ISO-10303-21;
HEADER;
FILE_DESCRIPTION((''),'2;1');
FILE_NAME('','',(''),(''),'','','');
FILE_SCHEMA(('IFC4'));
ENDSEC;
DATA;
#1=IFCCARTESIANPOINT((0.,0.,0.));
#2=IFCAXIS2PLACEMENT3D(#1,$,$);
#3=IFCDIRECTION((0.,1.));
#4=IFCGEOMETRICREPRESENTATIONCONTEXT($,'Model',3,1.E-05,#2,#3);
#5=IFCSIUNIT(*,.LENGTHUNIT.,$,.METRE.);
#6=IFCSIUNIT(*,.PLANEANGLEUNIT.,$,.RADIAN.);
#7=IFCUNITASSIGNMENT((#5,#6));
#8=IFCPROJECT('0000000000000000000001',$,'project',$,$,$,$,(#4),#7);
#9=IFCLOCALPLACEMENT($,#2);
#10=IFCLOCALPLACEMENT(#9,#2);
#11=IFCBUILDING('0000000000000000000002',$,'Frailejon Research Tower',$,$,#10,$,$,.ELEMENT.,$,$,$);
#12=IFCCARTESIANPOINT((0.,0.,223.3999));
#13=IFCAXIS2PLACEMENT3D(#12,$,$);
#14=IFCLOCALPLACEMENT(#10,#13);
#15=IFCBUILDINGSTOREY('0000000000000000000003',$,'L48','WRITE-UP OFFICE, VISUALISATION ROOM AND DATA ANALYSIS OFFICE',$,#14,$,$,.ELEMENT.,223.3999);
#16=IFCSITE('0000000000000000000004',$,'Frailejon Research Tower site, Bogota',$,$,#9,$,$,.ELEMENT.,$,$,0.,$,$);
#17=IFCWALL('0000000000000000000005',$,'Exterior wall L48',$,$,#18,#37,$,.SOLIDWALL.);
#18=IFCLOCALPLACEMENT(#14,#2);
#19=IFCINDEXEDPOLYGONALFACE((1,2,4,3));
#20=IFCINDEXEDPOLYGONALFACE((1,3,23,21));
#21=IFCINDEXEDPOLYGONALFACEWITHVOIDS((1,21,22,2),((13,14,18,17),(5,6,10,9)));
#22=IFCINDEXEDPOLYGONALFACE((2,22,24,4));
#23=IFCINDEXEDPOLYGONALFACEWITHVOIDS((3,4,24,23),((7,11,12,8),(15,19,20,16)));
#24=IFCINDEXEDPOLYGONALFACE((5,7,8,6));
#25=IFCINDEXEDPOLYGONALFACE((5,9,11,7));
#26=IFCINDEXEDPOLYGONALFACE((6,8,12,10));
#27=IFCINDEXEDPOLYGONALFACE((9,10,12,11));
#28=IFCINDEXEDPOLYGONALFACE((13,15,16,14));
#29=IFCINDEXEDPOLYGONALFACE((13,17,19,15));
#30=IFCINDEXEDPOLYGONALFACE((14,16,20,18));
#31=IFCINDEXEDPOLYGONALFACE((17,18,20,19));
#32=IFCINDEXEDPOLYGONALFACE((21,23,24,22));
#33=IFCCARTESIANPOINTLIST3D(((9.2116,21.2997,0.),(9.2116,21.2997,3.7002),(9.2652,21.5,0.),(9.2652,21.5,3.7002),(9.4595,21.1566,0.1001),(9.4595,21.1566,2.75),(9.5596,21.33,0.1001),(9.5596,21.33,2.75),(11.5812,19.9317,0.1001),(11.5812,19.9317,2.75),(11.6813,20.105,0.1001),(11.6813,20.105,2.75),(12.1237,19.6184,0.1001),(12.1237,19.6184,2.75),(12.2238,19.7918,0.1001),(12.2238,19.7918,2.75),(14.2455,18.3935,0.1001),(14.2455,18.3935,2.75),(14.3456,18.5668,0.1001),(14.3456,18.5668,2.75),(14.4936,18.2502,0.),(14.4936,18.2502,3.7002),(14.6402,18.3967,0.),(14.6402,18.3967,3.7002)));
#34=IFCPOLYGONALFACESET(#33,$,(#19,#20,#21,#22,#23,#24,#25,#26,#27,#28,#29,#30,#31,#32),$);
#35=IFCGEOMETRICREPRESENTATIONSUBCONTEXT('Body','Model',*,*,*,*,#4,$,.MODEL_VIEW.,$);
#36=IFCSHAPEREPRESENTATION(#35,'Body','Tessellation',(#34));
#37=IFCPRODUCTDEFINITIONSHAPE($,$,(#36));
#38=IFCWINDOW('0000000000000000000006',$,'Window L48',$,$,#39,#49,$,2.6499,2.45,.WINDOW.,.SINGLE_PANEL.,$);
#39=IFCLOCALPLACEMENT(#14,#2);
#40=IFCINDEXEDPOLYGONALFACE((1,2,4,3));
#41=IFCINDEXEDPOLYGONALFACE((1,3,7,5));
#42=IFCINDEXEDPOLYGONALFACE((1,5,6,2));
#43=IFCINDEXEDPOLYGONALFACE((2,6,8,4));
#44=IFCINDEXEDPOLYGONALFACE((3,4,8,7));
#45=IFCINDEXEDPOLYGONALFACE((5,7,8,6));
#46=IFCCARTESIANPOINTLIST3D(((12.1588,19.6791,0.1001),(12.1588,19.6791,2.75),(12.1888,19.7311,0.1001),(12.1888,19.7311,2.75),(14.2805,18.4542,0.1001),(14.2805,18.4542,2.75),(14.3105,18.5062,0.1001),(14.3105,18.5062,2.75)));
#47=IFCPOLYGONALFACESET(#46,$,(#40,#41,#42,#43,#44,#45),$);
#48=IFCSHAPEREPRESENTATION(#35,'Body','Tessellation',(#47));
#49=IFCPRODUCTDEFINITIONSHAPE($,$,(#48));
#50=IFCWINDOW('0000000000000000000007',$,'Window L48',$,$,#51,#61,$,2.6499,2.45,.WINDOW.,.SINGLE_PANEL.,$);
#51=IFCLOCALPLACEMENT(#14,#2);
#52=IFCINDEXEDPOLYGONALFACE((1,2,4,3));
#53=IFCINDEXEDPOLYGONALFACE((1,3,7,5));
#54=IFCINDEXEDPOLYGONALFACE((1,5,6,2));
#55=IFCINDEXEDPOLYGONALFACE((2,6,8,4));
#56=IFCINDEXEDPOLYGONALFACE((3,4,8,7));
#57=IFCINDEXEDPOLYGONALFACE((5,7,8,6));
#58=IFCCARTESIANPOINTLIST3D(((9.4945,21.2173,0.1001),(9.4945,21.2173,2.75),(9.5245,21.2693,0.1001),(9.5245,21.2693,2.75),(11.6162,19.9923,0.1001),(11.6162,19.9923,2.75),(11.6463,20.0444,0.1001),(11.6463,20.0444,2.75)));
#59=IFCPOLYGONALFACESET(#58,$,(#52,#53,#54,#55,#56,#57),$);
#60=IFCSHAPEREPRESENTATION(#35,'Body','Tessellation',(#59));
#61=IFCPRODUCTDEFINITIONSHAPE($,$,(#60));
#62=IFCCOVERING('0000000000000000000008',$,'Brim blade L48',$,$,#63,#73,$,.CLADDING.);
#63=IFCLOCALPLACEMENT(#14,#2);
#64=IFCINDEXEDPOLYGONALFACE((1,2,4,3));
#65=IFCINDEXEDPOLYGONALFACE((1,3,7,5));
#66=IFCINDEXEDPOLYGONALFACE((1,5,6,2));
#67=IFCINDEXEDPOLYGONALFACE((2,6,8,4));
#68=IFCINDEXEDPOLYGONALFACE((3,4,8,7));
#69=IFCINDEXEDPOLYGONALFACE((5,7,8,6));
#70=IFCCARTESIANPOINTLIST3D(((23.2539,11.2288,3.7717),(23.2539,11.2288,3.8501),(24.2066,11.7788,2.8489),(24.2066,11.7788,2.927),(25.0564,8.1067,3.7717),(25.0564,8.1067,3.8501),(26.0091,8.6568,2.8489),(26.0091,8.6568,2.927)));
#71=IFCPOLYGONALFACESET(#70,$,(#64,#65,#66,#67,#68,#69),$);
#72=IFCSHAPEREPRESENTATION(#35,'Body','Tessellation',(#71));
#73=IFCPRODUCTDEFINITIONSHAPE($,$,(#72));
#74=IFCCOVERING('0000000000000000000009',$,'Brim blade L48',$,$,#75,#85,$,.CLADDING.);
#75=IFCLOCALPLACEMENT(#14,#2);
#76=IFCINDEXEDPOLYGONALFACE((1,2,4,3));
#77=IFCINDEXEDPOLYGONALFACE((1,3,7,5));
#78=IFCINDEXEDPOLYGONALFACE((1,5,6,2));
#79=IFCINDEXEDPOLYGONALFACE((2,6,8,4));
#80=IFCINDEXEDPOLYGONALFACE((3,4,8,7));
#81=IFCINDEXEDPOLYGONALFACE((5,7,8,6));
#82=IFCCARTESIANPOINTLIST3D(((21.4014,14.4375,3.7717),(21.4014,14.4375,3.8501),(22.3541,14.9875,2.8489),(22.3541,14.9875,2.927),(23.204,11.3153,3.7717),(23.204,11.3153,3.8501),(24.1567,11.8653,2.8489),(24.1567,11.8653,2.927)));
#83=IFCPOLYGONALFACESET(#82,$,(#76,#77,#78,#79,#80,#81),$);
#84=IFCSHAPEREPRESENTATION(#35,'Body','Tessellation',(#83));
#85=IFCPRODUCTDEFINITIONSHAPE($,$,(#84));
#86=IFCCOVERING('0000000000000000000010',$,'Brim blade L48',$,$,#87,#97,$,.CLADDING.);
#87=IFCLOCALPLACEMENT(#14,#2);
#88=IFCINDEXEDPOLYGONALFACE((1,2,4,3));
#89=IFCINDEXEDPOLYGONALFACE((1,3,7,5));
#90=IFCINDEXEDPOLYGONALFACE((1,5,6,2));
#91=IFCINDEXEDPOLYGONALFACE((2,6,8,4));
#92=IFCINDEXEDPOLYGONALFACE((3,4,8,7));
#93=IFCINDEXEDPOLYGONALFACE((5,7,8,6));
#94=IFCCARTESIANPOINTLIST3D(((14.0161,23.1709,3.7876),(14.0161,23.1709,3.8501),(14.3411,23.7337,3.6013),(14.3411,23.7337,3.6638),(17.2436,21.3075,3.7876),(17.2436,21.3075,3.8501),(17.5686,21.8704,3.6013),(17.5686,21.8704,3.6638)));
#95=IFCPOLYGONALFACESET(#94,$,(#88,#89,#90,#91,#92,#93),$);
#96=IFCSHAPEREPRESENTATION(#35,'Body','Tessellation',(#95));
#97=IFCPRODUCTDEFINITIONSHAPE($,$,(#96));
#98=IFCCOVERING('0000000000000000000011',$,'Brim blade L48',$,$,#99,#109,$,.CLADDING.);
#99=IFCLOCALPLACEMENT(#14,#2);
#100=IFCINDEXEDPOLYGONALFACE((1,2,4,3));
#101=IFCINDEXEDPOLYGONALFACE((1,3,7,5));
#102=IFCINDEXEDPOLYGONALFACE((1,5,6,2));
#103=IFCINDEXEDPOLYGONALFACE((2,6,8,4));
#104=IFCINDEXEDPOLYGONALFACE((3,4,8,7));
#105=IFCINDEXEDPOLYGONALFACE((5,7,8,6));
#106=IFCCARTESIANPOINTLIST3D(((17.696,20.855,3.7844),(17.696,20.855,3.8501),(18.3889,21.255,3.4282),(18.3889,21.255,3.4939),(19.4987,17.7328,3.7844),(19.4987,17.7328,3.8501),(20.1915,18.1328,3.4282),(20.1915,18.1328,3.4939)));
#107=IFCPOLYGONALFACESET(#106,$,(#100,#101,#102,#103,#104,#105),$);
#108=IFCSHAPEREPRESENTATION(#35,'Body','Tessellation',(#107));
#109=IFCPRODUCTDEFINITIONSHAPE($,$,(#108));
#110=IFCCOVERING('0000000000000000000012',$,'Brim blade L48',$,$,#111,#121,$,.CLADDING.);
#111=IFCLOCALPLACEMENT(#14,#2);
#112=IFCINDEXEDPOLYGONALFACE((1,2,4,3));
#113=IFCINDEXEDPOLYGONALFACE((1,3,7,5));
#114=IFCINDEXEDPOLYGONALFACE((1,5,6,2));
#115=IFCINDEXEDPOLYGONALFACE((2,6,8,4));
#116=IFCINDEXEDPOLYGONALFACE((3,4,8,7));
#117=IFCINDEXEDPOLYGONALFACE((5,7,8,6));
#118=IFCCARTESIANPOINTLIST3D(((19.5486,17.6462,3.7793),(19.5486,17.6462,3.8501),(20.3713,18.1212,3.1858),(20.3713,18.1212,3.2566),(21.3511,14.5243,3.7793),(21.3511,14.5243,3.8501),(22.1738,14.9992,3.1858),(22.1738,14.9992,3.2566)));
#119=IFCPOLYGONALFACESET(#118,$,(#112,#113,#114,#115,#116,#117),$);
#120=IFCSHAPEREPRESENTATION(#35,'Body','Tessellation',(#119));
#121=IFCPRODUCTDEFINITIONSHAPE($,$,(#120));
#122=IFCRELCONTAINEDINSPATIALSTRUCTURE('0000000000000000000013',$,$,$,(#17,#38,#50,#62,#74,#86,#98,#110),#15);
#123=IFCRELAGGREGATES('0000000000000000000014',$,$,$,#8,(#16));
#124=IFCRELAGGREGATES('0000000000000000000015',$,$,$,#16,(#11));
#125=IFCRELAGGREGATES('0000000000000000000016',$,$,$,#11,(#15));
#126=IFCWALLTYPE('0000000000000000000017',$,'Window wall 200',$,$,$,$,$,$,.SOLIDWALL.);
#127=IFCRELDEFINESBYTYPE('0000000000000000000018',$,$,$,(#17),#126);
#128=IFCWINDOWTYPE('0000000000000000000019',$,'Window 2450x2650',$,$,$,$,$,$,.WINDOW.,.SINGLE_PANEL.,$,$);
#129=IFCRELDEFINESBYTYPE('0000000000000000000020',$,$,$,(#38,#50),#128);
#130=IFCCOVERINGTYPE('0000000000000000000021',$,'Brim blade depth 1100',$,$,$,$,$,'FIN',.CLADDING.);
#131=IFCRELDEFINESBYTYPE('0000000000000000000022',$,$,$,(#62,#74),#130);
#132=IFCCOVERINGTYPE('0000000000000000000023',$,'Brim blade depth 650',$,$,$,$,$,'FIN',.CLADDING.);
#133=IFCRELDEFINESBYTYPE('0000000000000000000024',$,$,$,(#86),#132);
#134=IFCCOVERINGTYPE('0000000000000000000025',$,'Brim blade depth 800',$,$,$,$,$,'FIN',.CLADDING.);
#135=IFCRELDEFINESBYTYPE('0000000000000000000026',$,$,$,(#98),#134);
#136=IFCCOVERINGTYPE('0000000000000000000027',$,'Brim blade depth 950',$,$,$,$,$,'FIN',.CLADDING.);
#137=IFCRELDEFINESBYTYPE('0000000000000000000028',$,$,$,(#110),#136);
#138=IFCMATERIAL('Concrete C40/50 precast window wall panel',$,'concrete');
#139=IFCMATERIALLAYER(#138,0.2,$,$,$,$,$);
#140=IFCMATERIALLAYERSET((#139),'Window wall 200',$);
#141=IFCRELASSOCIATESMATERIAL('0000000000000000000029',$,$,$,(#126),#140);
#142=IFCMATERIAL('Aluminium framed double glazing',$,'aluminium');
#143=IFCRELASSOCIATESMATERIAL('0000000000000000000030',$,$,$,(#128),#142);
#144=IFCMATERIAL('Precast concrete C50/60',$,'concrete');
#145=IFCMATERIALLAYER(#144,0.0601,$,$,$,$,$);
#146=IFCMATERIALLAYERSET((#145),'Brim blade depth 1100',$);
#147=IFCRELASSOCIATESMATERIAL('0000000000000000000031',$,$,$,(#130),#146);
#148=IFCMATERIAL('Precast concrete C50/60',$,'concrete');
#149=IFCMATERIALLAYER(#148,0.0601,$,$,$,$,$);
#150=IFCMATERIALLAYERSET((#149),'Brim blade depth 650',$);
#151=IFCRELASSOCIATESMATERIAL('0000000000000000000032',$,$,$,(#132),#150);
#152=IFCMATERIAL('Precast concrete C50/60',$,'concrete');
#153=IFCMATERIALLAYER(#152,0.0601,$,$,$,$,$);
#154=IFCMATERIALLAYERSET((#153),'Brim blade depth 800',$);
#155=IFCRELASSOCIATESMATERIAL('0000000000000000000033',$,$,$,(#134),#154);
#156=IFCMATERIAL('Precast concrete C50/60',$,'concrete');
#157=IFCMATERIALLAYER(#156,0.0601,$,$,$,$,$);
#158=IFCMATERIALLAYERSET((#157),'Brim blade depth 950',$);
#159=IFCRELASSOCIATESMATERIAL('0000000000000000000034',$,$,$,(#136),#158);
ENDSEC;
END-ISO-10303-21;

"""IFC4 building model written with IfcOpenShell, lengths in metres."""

from ifc_helpers import new_model, si_unit, direction, frame, frame_2d, origin, place, context, subcontext, project, spatial, polyline, rectangle, outline, extrude, material, layer, layer_set, type_object, element, fill, save


model = new_model("IFC4")

# Units and contexts
model_context = context("Model", 3, precision=1e-05, world=origin(), true_north=direction((0.0, 1.0)))
body_context = subcontext(model_context, "Body", "Model", "MODEL_VIEW")
ifc_project = project(units=[si_unit("LENGTHUNIT", "METRE"), si_unit("PLANEANGLEUNIT", "RADIAN")], contexts=[model_context])

# Site, building, storey
site_placement = place(None, origin())
site = spatial("IfcSite", under=ifc_project, at=site_placement, Name="Frailejon Research Tower site, Bogota", CompositionType="ELEMENT", RefElevation=0.0)
building_placement = place(site_placement, origin())
building = spatial("IfcBuilding", under=site, at=building_placement, Name="Frailejon Research Tower", CompositionType="ELEMENT")
storey_placement = place(building_placement, frame((0.0, 0.0, 223.3999)))
storey = spatial("IfcBuildingStorey", under=building, at=storey_placement, Name="L48", Description="WRITE-UP OFFICE, VISUALISATION ROOM AND DATA ANALYSIS OFFICE", CompositionType="ELEMENT", Elevation=223.3999)

# Wall, openings, windows
ifc_material_1 = material(Name="Concrete C40/50 precast window wall panel", Category="concrete")
ifc_layer_1 = layer(ifc_material_1, 0.2)
ifc_layer_set_1 = layer_set([ifc_layer_1], Name="Window wall 200")
wall_type = type_object("IfcWallType", Name="Window wall 200", PredefinedType="SOLIDWALL", material=ifc_layer_set_1)
wall_placement = place(storey_placement, frame((14.5669, 18.3235, 0.0), z_axis=(0.0, 0.0, 1.0), x_axis=(-0.86603, 0.499993, 0.0)))
wall = element("IfcWall", 1, at=wall_placement, inside=storey, type_object=wall_type, Name="Exterior wall L48", PredefinedType="SOLIDWALL", context=body_context, shape_type="SweptSolid", body=[
    extrude(outline(polyline([(-0.0269, -0.1001), (1.0076, -0.1001), (2.042, -0.1001), (3.0764, -0.1001), (4.1108, -0.1001), (5.1453, -0.1001), (6.1797, -0.1001), (6.126, 0.1001), (5.1094, 0.1001), (4.093, 0.1001), (3.0764, 0.1001), (2.0598, 0.1001), (1.0435, 0.1001), (0.0269, 0.1001), (-0.0269, -0.1001)])), origin(), (0.0, 0.0, 1.0), 3.7002),
])
opening_1_placement = place(wall_placement, frame((0.3132, 0.0, 0.1001)))
opening_1 = element("IfcOpeningElement", 2, at=opening_1_placement, cuts=wall, PredefinedType="OPENING", context=body_context, shape_type="SweptSolid", body=[
    extrude(rectangle(XDim=2.45, YDim=2.6499, at=frame_2d((1.2251, 1.325))), frame((0.0, 0.1099, 0.0), z_axis=(0.0, -1.0, 0.0), x_axis=(1.0, 0.0, 0.0)), (0.0, 0.0, 1.0), 0.22),
])
opening_2_placement = place(wall_placement, frame((3.3896, 0.0, 0.1001)))
opening_2 = element("IfcOpeningElement", 3, at=opening_2_placement, cuts=wall, PredefinedType="OPENING", context=body_context, shape_type="SweptSolid", body=[
    extrude(rectangle(XDim=2.45, YDim=2.6499, at=frame_2d((1.2251, 1.325))), frame((0.0, 0.1099, 0.0), z_axis=(0.0, -1.0, 0.0), x_axis=(1.0, 0.0, 0.0)), (0.0, 0.0, 1.0), 0.22),
])
ifc_material_2 = material(Name="Aluminium framed double glazing", Category="aluminium")
window_type = type_object("IfcWindowType", Name="Window 2450x2650", PartitioningType="SINGLE_PANEL", PredefinedType="WINDOW", material=ifc_material_2)
window_1_placement = place(opening_1_placement, origin())
window_1 = element("IfcWindow", 4, at=window_1_placement, inside=storey, type_object=window_type, Name="Window L48", OverallHeight=2.6499, OverallWidth=2.45, PartitioningType="SINGLE_PANEL", PredefinedType="WINDOW", context=body_context, shape_type="SweptSolid", body=[
    extrude(rectangle(XDim=2.45, YDim=2.6499, at=frame_2d((1.2251, 1.325))), frame((0.0, 0.03, 0.0), z_axis=(0.0, -1.0, 0.0), x_axis=(1.0, 0.0, 0.0)), (0.0, 0.0, 1.0), 0.0601),
])
fill(opening_1, window_1)
window_2_placement = place(opening_2_placement, origin())
window_2 = element("IfcWindow", 5, at=window_2_placement, inside=storey, type_object=window_type, Name="Window L48", OverallHeight=2.6499, OverallWidth=2.45, PartitioningType="SINGLE_PANEL", PredefinedType="WINDOW", context=body_context, shape_type="SweptSolid", body=[
    extrude(rectangle(XDim=2.45, YDim=2.6499, at=frame_2d((1.2251, 1.325))), frame((0.0, 0.03, 0.0), z_axis=(0.0, -1.0, 0.0), x_axis=(1.0, 0.0, 0.0)), (0.0, 0.0, 1.0), 0.0601),
])
fill(opening_2, window_2)

# Coverings
ifc_material_3 = material(Name="Precast concrete C50/60", Category="concrete")
ifc_layer_2 = layer(ifc_material_3, 0.0601)
ifc_layer_set_2 = layer_set([ifc_layer_2], Name="Brim blade depth 1100")
covering_type_1 = type_object("IfcCoveringType", Name="Brim blade depth 1100", ElementType="FIN", PredefinedType="CLADDING", material=ifc_layer_set_2)
covering_1_placement = place(storey_placement, frame((23.2539, 11.2288, 3.8501), z_axis=(0.499991, -0.866031, 0.0), x_axis=(0.866031, 0.499991, 0.0)))
element("IfcCovering", 6, at=covering_1_placement, inside=storey, type_object=covering_type_1, Name="Brim blade L48", PredefinedType="CLADDING", context=body_context, shape_type="SweptSolid", body=[
    extrude(outline(polyline([(0.0, -0.0784), (1.1001, -1.0012), (1.1001, -0.9231), (0.0, 0.0), (0.0, -0.0784)])), origin(), (0.0, 0.0, 1.0), 3.605),
])
covering_2_placement = place(storey_placement, frame((21.4014, 14.4375, 3.8501), z_axis=(0.5, -0.866026, 0.0), x_axis=(0.866026, 0.5, 0.0)))
element("IfcCovering", 7, at=covering_2_placement, inside=storey, type_object=covering_type_1, Name="Brim blade L48", PredefinedType="CLADDING", context=body_context, shape_type="SweptSolid", body=[
    extrude(outline(polyline([(0.0, -0.0784), (1.1001, -1.0012), (1.1001, -0.9231), (0.0, 0.0), (0.0, -0.0784)])), origin(), (0.0, 0.0, 1.0), 3.6052),
])
ifc_material_4 = material(Name="Precast concrete C50/60", Category="concrete")
ifc_layer_3 = layer(ifc_material_4, 0.0601)
ifc_layer_set_3 = layer_set([ifc_layer_3], Name="Brim blade depth 650")
covering_type_2 = type_object("IfcCoveringType", Name="Brim blade depth 650", ElementType="FIN", PredefinedType="CLADDING", material=ifc_layer_set_3)
covering_3_placement = place(storey_placement, frame((14.0161, 23.1709, 3.8501), z_axis=(0.86603, -0.499992, 0.0), x_axis=(0.499992, 0.86603, 0.0)))
element("IfcCovering", 8, at=covering_3_placement, inside=storey, type_object=covering_type_2, Name="Brim blade L48", PredefinedType="CLADDING", context=body_context, shape_type="SweptSolid", body=[
    extrude(outline(polyline([(0.0, -0.0625), (0.6499, -0.2488), (0.6499, -0.1863), (0.0, 0.0), (0.0, -0.0625)])), origin(), (0.0, 0.0, 1.0), 3.7268),
])
ifc_material_5 = material(Name="Precast concrete C50/60", Category="concrete")
ifc_layer_4 = layer(ifc_material_5, 0.0601)
ifc_layer_set_4 = layer_set([ifc_layer_4], Name="Brim blade depth 800")
covering_type_3 = type_object("IfcCoveringType", Name="Brim blade depth 800", ElementType="FIN", PredefinedType="CLADDING", material=ifc_layer_set_4)
covering_4_placement = place(storey_placement, frame((17.696, 20.855, 3.8501), z_axis=(0.5, -0.866026, 0.0), x_axis=(0.866026, 0.5, 0.0)))
element("IfcCovering", 9, at=covering_4_placement, inside=storey, type_object=covering_type_3, Name="Brim blade L48", PredefinedType="CLADDING", context=body_context, shape_type="SweptSolid", body=[
    extrude(outline(polyline([(0.0, -0.0657), (0.8, -0.4219), (0.8, -0.3562), (0.0, 0.0), (0.0, -0.0657)])), origin(), (0.0, 0.0, 1.0), 3.6052),
])
ifc_material_6 = material(Name="Precast concrete C50/60", Category="concrete")
ifc_layer_5 = layer(ifc_material_6, 0.0601)
ifc_layer_set_5 = layer_set([ifc_layer_5], Name="Brim blade depth 950")
covering_type_4 = type_object("IfcCoveringType", Name="Brim blade depth 950", ElementType="FIN", PredefinedType="CLADDING", material=ifc_layer_set_5)
covering_5_placement = place(storey_placement, frame((19.5486, 17.6462, 3.8501), z_axis=(0.500011, -0.866019, 0.0), x_axis=(0.866019, 0.500011, 0.0)))
element("IfcCovering", 10, at=covering_5_placement, inside=storey, type_object=covering_type_4, Name="Brim blade L48", PredefinedType="CLADDING", context=body_context, shape_type="SweptSolid", body=[
    extrude(outline(polyline([(0.0, -0.0708), (0.95, -0.6643), (0.95, -0.5935), (0.0, 0.0), (0.0, -0.0708)])), origin(), (0.0, 0.0, 1.0), 3.605),
])

save(model, "model.ifc")
